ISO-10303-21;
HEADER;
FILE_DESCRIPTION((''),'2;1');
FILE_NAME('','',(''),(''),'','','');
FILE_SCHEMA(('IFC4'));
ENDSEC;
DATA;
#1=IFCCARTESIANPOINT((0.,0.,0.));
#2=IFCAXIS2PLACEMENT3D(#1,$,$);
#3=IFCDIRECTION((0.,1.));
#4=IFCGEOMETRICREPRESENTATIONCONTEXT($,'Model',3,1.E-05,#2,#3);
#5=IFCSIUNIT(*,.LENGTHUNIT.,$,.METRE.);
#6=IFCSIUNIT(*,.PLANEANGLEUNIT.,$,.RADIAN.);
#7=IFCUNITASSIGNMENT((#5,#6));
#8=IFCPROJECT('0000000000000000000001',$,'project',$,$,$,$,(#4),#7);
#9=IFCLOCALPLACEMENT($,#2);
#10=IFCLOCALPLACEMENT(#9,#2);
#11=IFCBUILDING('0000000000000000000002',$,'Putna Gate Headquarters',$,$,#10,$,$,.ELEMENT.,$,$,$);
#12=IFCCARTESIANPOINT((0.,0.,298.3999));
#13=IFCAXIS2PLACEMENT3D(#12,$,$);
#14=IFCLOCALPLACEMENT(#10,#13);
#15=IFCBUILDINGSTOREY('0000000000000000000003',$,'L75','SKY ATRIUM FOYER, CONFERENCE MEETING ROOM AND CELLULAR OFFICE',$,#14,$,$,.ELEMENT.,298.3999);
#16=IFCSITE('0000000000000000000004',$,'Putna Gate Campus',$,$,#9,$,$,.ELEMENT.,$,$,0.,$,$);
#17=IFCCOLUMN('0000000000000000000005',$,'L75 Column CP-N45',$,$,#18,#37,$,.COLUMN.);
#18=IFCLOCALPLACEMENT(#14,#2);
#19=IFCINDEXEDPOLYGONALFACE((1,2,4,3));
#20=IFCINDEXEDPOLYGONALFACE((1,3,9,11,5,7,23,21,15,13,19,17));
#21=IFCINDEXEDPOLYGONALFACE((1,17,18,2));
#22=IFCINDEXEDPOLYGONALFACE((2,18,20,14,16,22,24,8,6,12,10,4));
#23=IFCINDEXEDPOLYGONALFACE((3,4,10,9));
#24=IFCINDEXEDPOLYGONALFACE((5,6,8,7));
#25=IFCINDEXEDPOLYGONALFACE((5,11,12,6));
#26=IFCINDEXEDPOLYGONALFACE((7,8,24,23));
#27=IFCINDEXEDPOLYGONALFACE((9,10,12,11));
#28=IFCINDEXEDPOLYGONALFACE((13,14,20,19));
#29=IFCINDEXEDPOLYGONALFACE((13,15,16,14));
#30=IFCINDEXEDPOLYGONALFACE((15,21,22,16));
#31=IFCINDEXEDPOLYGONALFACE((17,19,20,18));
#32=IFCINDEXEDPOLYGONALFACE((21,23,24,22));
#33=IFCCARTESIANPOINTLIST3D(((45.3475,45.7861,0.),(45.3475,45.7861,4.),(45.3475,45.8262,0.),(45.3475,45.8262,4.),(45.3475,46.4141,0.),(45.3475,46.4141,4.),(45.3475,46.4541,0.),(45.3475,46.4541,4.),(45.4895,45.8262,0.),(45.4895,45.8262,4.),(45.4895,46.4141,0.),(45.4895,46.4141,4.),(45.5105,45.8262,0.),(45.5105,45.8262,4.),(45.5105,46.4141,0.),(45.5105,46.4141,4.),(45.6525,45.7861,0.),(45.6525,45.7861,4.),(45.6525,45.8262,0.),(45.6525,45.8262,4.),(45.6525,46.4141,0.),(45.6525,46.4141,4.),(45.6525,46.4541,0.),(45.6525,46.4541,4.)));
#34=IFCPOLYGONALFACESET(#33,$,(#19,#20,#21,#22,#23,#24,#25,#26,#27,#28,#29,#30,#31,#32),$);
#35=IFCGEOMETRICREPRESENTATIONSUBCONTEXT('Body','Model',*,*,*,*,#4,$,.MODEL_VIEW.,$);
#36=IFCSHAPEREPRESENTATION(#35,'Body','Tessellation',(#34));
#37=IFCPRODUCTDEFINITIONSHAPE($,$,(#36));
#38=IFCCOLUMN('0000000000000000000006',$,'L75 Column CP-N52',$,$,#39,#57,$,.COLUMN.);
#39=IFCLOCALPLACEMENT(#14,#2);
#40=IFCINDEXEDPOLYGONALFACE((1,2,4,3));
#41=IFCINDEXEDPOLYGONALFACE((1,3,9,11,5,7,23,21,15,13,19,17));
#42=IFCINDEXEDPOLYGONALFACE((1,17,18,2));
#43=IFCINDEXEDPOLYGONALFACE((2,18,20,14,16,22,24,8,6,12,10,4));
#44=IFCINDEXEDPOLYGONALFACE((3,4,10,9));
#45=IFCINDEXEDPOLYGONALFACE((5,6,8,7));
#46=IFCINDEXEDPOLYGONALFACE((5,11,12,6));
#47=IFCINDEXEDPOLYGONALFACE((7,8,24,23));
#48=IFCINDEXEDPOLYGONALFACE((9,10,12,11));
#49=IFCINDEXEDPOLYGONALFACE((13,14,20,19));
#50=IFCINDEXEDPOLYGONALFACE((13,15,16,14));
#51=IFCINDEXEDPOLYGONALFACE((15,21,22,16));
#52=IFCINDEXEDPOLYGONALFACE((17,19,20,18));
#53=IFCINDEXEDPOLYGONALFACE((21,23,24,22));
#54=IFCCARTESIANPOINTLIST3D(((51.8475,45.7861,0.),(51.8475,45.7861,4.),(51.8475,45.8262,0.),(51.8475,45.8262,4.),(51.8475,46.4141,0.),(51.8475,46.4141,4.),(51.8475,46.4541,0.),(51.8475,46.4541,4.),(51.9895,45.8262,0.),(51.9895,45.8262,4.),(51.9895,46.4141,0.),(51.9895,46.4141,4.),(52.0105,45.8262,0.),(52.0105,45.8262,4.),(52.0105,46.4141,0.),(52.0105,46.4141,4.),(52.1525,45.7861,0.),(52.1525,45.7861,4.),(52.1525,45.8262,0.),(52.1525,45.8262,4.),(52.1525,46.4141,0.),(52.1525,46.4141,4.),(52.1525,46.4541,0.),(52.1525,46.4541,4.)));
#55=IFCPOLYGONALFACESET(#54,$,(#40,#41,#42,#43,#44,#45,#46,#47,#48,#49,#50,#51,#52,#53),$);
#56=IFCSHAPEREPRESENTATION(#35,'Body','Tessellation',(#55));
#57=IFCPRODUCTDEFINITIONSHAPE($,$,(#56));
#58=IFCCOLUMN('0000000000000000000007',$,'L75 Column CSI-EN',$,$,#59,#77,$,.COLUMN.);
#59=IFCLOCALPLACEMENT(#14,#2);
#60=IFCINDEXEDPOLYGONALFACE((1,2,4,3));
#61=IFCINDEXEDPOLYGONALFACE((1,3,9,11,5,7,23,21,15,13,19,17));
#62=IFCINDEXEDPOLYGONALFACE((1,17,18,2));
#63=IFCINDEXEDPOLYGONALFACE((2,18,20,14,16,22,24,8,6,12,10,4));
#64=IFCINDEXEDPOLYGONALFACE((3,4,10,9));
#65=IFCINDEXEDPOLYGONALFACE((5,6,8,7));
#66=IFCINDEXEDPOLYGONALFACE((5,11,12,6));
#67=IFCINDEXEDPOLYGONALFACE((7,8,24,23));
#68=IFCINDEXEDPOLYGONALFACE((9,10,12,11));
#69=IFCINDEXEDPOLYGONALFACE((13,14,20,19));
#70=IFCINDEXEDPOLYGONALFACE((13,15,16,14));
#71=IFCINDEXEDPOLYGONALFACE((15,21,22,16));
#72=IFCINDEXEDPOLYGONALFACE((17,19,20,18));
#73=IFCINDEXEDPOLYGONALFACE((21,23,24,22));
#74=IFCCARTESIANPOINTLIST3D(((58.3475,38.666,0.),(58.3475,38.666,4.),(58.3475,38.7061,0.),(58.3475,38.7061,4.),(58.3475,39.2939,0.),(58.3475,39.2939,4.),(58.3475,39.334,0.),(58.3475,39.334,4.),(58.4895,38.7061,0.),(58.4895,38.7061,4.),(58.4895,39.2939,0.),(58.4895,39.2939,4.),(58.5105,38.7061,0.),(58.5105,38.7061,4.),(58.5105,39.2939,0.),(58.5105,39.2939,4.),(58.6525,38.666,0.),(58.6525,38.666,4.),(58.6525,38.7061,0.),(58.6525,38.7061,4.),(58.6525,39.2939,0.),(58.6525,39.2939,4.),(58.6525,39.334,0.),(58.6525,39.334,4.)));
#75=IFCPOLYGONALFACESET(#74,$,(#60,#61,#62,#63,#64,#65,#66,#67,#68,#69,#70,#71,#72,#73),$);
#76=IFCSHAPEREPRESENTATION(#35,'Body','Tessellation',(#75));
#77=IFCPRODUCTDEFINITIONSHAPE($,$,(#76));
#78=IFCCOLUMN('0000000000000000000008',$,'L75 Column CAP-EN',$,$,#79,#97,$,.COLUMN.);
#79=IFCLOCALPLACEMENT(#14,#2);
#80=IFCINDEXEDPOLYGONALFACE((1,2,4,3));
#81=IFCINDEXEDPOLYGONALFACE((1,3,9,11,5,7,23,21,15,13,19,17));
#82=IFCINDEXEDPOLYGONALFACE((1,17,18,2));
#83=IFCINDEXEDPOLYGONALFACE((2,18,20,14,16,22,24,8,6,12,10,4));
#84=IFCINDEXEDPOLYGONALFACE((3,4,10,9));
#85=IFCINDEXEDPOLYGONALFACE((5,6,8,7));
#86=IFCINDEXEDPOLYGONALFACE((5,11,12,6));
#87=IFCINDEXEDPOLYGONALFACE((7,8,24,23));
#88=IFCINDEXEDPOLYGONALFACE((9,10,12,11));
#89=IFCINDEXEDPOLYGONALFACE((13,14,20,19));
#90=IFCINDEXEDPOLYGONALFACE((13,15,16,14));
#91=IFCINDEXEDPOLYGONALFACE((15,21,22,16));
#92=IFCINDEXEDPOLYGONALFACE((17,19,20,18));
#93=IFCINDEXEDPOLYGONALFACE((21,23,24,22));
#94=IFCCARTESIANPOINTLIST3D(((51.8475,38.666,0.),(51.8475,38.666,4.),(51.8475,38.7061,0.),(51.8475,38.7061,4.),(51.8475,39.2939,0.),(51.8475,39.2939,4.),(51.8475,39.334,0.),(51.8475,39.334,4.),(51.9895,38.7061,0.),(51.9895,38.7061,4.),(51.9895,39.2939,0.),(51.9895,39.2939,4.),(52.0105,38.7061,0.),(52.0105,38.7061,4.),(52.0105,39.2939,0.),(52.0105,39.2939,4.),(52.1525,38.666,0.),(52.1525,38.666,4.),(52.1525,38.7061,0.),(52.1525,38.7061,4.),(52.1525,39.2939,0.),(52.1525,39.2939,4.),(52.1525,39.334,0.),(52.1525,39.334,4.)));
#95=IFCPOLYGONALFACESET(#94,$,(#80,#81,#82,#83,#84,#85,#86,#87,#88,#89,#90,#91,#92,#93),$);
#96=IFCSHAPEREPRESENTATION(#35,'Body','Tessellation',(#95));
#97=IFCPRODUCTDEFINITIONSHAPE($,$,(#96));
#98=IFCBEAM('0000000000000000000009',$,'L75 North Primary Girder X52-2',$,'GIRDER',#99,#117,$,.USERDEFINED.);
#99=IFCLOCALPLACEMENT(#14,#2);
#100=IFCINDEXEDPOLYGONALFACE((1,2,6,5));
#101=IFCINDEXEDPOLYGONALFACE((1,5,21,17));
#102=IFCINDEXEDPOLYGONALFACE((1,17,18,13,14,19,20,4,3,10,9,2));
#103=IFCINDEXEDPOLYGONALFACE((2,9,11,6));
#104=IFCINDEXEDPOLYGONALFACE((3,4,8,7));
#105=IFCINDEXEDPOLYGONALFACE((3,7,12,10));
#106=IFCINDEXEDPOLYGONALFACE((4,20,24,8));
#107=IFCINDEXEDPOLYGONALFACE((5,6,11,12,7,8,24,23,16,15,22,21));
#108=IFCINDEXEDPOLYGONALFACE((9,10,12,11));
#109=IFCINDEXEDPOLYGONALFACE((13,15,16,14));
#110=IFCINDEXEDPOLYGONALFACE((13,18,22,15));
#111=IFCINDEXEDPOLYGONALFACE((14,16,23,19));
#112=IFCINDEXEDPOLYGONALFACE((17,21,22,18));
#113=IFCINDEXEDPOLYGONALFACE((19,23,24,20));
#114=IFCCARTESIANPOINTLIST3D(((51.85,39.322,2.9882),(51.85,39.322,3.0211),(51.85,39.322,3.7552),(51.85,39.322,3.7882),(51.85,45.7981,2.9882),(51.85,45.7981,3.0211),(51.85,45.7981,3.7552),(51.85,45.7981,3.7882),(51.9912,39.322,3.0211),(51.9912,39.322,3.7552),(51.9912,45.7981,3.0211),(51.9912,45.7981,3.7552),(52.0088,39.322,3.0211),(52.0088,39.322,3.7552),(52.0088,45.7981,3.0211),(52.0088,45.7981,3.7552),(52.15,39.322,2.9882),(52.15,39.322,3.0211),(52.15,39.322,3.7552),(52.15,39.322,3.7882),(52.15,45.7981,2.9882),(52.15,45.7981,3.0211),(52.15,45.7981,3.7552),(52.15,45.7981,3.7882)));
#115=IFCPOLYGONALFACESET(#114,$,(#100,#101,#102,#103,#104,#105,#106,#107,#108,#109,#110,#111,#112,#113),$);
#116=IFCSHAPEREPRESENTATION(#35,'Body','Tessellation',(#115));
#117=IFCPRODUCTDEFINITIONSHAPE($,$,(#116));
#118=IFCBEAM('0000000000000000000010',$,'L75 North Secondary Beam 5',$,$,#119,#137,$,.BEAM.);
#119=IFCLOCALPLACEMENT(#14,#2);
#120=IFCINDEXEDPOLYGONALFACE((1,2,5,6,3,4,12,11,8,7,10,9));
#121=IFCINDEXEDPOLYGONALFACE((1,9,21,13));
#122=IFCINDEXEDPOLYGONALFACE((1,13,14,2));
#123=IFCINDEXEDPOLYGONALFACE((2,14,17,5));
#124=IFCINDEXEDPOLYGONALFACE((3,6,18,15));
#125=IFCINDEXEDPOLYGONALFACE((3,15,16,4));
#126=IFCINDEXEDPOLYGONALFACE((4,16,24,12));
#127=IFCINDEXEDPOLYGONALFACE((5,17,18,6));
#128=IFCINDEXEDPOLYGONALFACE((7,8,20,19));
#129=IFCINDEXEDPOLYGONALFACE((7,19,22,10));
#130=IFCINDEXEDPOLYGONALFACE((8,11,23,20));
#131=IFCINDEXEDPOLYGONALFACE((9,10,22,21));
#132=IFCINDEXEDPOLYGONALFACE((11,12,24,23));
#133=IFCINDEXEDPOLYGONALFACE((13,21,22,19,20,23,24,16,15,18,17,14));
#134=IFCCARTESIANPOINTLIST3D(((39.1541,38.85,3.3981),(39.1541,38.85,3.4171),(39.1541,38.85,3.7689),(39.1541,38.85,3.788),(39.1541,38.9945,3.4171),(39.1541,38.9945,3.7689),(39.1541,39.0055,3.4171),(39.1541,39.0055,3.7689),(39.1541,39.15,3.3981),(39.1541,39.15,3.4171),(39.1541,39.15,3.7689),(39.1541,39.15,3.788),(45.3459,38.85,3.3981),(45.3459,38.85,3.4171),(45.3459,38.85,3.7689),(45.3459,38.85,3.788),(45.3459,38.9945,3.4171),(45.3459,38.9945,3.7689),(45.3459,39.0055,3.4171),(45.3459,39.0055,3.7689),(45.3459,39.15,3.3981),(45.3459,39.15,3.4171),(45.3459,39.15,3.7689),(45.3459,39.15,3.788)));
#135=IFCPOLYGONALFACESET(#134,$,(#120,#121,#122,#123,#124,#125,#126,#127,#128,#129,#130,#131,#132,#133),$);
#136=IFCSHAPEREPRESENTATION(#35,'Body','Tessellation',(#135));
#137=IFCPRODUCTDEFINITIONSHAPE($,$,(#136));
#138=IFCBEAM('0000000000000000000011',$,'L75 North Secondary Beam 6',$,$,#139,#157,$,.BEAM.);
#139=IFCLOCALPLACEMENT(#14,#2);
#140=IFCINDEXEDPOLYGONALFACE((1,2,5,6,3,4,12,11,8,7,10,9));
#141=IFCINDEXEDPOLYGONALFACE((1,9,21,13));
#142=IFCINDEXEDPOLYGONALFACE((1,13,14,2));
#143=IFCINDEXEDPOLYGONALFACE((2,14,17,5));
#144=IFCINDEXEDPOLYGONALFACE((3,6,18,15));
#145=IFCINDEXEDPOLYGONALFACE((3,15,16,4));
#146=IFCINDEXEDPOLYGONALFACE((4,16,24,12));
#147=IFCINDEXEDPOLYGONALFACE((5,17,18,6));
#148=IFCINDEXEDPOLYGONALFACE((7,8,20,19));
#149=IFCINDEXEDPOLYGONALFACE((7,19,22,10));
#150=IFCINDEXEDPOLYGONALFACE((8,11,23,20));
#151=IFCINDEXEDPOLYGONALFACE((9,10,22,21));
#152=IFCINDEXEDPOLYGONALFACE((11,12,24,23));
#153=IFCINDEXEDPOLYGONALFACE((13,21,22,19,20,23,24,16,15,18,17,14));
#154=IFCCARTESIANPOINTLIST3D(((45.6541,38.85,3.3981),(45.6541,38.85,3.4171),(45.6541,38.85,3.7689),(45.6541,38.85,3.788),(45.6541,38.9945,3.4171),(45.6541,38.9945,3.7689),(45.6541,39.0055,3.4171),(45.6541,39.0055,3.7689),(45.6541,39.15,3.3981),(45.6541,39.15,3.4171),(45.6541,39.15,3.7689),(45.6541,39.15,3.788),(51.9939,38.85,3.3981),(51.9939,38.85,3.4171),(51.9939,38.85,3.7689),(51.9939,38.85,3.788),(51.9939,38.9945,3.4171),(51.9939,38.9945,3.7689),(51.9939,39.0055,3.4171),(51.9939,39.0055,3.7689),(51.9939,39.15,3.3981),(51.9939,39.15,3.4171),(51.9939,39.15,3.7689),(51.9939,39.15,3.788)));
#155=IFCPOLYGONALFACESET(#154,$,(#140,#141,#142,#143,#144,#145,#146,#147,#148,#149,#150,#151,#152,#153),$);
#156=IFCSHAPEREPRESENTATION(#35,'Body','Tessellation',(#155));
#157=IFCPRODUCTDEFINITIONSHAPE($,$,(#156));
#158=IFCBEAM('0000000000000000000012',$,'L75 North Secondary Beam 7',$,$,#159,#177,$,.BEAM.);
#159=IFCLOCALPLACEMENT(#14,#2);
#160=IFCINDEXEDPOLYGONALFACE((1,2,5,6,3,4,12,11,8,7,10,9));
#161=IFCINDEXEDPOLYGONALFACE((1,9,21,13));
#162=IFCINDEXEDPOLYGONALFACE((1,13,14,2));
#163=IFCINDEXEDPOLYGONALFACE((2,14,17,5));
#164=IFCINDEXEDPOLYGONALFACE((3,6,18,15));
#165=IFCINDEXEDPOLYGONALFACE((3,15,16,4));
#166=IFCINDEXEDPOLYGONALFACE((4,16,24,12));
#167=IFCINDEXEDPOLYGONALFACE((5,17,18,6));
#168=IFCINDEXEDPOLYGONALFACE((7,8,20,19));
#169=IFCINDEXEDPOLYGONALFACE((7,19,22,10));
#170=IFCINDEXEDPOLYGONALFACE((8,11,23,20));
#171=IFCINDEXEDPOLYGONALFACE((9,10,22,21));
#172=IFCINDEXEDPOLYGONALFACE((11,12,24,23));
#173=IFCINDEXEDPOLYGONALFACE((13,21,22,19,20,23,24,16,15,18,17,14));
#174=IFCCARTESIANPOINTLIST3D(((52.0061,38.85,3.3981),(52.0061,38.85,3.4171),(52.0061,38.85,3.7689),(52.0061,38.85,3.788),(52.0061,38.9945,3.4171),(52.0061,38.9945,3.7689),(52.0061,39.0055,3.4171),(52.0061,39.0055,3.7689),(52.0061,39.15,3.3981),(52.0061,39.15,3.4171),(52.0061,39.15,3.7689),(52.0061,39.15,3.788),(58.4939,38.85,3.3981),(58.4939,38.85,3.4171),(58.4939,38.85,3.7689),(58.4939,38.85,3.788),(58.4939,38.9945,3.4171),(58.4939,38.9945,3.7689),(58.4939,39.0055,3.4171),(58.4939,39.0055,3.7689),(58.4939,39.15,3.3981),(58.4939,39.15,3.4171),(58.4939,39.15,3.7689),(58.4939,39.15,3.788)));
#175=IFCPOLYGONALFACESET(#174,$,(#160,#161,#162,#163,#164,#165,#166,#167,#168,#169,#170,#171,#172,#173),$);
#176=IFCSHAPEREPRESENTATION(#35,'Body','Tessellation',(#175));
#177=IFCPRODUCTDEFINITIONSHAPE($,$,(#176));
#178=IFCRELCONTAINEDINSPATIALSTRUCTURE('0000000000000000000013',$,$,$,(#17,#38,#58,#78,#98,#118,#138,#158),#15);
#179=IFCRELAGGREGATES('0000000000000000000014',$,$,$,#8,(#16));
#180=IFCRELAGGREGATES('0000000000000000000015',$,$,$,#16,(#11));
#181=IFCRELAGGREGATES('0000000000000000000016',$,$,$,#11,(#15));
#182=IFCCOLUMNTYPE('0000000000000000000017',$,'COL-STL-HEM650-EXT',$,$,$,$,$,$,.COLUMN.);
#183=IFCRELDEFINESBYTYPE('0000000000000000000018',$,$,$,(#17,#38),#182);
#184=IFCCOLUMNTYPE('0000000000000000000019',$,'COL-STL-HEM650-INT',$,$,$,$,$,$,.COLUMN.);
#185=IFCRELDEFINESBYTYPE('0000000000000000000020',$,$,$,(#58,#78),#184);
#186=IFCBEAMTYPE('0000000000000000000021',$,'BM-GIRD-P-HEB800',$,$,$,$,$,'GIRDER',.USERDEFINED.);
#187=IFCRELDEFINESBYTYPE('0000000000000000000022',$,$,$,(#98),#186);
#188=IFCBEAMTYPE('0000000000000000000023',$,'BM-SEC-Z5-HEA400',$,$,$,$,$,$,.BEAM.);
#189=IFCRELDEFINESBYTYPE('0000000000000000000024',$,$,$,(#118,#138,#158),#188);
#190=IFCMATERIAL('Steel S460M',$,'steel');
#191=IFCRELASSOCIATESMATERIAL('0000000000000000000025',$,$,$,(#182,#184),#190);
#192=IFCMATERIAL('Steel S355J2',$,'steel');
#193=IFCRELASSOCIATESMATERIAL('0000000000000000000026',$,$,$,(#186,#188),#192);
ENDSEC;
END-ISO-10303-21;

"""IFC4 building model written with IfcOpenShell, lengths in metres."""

from ifc_helpers import new_model, si_unit, direction, frame, origin, origin_2d, place, context, subcontext, project, spatial, i_section, extrude, material, material_profile, profile_set, type_object, element, save


model = new_model("IFC4")

# Units and contexts
model_context = context("Model", 3, precision=1e-05, world=origin(), true_north=direction((0.0, 1.0)))
body_context = subcontext(model_context, "Body", "Model", "MODEL_VIEW")
ifc_project = project(units=[si_unit("LENGTHUNIT", "METRE"), si_unit("PLANEANGLEUNIT", "RADIAN")], contexts=[model_context])

# Site, building, storey
site_placement = place(None, origin())
site = spatial("IfcSite", under=ifc_project, at=site_placement, Name="Putna Gate Campus", CompositionType="ELEMENT", RefElevation=0.0)
building_placement = place(site_placement, origin())
building = spatial("IfcBuilding", under=site, at=building_placement, Name="Putna Gate Headquarters", CompositionType="ELEMENT")
storey_placement = place(building_placement, frame((0.0, 0.0, 298.3999)))
storey = spatial("IfcBuildingStorey", under=building, at=storey_placement, Name="L75", Description="SKY ATRIUM FOYER, CONFERENCE MEETING ROOM AND CELLULAR OFFICE", CompositionType="ELEMENT", Elevation=298.3999)

# Columns
ifc_material_1 = material(Name="Steel S460M", Category="steel")
ifc_material_profile_1 = material_profile(ifc_material_1, i_section(OverallWidth=0.3049, OverallDepth=0.668, WebThickness=0.021, FlangeThickness=0.04, at=origin_2d()), Name="Steel S460M")
ifc_profile_set_1 = profile_set([ifc_material_profile_1], Name="Steel S460M")
column_type_1 = type_object("IfcColumnType", Name="COL-STL-HEM650-EXT", PredefinedType="COLUMN", material=ifc_profile_set_1)
for number, where, z_axis, x_axis, name in (
    (1, (45.5, 46.1201, 0.0), (0.0, 0.0, 1.0), (1.0, 0.0, 0.0), "L75 Column CP-N45"),
    (2, (52.0, 46.1201, 0.0), (0.0, 0.0, 1.0), (1.0, 0.0, 0.0), "L75 Column CP-N52"),
):
    element("IfcColumn", number, at=place(storey_placement, frame(where, z_axis=z_axis, x_axis=x_axis)), inside=storey, type_object=column_type_1, Name=name, PredefinedType="COLUMN", context=body_context, shape_type="SweptSolid", body=[
        extrude(i_section(OverallWidth=0.3049, OverallDepth=0.668, WebThickness=0.021, FlangeThickness=0.04, at=origin_2d()), origin(), (0.0, 0.0, 1.0), 4.0),
    ])
ifc_material_profile_2 = material_profile(ifc_material_1, i_section(OverallWidth=0.3049, OverallDepth=0.668, WebThickness=0.021, FlangeThickness=0.04, at=origin_2d()), Name="Steel S460M")
ifc_profile_set_2 = profile_set([ifc_material_profile_2], Name="Steel S460M")
column_type_2 = type_object("IfcColumnType", Name="COL-STL-HEM650-INT", PredefinedType="COLUMN", material=ifc_profile_set_2)
for number, where, z_axis, x_axis, name in (
    (3, (58.5, 39.0, 0.0), (0.0, 0.0, 1.0), (1.0, 0.0, 0.0), "L75 Column CSI-EN"),
    (4, (52.0, 39.0, 0.0), (0.0, 0.0, 1.0), (1.0, 0.0, 0.0), "L75 Column CAP-EN"),
):
    element("IfcColumn", number, at=place(storey_placement, frame(where, z_axis=z_axis, x_axis=x_axis)), inside=storey, type_object=column_type_2, Name=name, PredefinedType="COLUMN", context=body_context, shape_type="SweptSolid", body=[
        extrude(i_section(OverallWidth=0.3049, OverallDepth=0.668, WebThickness=0.021, FlangeThickness=0.04, at=origin_2d()), origin(), (0.0, 0.0, 1.0), 4.0),
    ])

# Beams
ifc_material_2 = material(Name="Steel S355J2", Category="steel")
ifc_material_profile_3 = material_profile(ifc_material_2, i_section(OverallWidth=0.3, OverallDepth=0.8, WebThickness=0.0176, FlangeThickness=0.033, at=origin_2d()), Name="Steel S355J2")
ifc_profile_set_3 = profile_set([ifc_material_profile_3], Name="Steel S355J2")
beam_type_1 = type_object("IfcBeamType", Name="BM-GIRD-P-HEB800", ElementType="GIRDER", PredefinedType="USERDEFINED", material=ifc_profile_set_3)
beam_1_placement = place(storey_placement, frame((52.0, 39.322, 3.3882), z_axis=(0.0, 1.0, 0.0), x_axis=(-1.0, 0.0, 0.0)))
element("IfcBeam", 5, at=beam_1_placement, inside=storey, type_object=beam_type_1, Name="L75 North Primary Girder X52-2", ObjectType="GIRDER", PredefinedType="USERDEFINED", context=body_context, shape_type="SweptSolid", body=[
    extrude(i_section(OverallWidth=0.3, OverallDepth=0.8, WebThickness=0.0176, FlangeThickness=0.033, at=origin_2d()), origin(), (0.0, 0.0, 1.0), 6.4761),
])
ifc_material_profile_4 = material_profile(ifc_material_2, i_section(OverallWidth=0.3, OverallDepth=0.3899, WebThickness=0.011, FlangeThickness=0.019, at=origin_2d()), Name="Steel S355J2")
ifc_profile_set_4 = profile_set([ifc_material_profile_4], Name="Steel S355J2")
beam_type_2 = type_object("IfcBeamType", Name="BM-SEC-Z5-HEA400", PredefinedType="BEAM", material=ifc_profile_set_4)
beam_2_placement = place(storey_placement, frame((39.1541, 39.0, 3.593), z_axis=(1.0, 0.0, 0.0), x_axis=(0.0, 1.0, 0.0)))
element("IfcBeam", 6, at=beam_2_placement, inside=storey, type_object=beam_type_2, Name="L75 North Secondary Beam 5", PredefinedType="BEAM", context=body_context, shape_type="SweptSolid", body=[
    extrude(i_section(OverallWidth=0.3, OverallDepth=0.3899, WebThickness=0.011, FlangeThickness=0.019, at=origin_2d()), origin(), (0.0, 0.0, 1.0), 6.1919),
])
beam_3_placement = place(storey_placement, frame((45.6541, 39.0, 3.593), z_axis=(1.0, 0.0, 0.0), x_axis=(0.0, 1.0, 0.0)))
element("IfcBeam", 7, at=beam_3_placement, inside=storey, type_object=beam_type_2, Name="L75 North Secondary Beam 6", PredefinedType="BEAM", context=body_context, shape_type="SweptSolid", body=[
    extrude(i_section(OverallWidth=0.3, OverallDepth=0.3899, WebThickness=0.011, FlangeThickness=0.019, at=origin_2d()), origin(), (0.0, 0.0, 1.0), 6.3398),
])
beam_4_placement = place(storey_placement, frame((52.0061, 39.0, 3.593), z_axis=(1.0, 0.0, 0.0), x_axis=(0.0, 1.0, 0.0)))
element("IfcBeam", 8, at=beam_4_placement, inside=storey, type_object=beam_type_2, Name="L75 North Secondary Beam 7", PredefinedType="BEAM", context=body_context, shape_type="SweptSolid", body=[
    extrude(i_section(OverallWidth=0.3, OverallDepth=0.3899, WebThickness=0.011, FlangeThickness=0.019, at=origin_2d()), origin(), (0.0, 0.0, 1.0), 6.4878),
])

save(model, "model.ifc")
